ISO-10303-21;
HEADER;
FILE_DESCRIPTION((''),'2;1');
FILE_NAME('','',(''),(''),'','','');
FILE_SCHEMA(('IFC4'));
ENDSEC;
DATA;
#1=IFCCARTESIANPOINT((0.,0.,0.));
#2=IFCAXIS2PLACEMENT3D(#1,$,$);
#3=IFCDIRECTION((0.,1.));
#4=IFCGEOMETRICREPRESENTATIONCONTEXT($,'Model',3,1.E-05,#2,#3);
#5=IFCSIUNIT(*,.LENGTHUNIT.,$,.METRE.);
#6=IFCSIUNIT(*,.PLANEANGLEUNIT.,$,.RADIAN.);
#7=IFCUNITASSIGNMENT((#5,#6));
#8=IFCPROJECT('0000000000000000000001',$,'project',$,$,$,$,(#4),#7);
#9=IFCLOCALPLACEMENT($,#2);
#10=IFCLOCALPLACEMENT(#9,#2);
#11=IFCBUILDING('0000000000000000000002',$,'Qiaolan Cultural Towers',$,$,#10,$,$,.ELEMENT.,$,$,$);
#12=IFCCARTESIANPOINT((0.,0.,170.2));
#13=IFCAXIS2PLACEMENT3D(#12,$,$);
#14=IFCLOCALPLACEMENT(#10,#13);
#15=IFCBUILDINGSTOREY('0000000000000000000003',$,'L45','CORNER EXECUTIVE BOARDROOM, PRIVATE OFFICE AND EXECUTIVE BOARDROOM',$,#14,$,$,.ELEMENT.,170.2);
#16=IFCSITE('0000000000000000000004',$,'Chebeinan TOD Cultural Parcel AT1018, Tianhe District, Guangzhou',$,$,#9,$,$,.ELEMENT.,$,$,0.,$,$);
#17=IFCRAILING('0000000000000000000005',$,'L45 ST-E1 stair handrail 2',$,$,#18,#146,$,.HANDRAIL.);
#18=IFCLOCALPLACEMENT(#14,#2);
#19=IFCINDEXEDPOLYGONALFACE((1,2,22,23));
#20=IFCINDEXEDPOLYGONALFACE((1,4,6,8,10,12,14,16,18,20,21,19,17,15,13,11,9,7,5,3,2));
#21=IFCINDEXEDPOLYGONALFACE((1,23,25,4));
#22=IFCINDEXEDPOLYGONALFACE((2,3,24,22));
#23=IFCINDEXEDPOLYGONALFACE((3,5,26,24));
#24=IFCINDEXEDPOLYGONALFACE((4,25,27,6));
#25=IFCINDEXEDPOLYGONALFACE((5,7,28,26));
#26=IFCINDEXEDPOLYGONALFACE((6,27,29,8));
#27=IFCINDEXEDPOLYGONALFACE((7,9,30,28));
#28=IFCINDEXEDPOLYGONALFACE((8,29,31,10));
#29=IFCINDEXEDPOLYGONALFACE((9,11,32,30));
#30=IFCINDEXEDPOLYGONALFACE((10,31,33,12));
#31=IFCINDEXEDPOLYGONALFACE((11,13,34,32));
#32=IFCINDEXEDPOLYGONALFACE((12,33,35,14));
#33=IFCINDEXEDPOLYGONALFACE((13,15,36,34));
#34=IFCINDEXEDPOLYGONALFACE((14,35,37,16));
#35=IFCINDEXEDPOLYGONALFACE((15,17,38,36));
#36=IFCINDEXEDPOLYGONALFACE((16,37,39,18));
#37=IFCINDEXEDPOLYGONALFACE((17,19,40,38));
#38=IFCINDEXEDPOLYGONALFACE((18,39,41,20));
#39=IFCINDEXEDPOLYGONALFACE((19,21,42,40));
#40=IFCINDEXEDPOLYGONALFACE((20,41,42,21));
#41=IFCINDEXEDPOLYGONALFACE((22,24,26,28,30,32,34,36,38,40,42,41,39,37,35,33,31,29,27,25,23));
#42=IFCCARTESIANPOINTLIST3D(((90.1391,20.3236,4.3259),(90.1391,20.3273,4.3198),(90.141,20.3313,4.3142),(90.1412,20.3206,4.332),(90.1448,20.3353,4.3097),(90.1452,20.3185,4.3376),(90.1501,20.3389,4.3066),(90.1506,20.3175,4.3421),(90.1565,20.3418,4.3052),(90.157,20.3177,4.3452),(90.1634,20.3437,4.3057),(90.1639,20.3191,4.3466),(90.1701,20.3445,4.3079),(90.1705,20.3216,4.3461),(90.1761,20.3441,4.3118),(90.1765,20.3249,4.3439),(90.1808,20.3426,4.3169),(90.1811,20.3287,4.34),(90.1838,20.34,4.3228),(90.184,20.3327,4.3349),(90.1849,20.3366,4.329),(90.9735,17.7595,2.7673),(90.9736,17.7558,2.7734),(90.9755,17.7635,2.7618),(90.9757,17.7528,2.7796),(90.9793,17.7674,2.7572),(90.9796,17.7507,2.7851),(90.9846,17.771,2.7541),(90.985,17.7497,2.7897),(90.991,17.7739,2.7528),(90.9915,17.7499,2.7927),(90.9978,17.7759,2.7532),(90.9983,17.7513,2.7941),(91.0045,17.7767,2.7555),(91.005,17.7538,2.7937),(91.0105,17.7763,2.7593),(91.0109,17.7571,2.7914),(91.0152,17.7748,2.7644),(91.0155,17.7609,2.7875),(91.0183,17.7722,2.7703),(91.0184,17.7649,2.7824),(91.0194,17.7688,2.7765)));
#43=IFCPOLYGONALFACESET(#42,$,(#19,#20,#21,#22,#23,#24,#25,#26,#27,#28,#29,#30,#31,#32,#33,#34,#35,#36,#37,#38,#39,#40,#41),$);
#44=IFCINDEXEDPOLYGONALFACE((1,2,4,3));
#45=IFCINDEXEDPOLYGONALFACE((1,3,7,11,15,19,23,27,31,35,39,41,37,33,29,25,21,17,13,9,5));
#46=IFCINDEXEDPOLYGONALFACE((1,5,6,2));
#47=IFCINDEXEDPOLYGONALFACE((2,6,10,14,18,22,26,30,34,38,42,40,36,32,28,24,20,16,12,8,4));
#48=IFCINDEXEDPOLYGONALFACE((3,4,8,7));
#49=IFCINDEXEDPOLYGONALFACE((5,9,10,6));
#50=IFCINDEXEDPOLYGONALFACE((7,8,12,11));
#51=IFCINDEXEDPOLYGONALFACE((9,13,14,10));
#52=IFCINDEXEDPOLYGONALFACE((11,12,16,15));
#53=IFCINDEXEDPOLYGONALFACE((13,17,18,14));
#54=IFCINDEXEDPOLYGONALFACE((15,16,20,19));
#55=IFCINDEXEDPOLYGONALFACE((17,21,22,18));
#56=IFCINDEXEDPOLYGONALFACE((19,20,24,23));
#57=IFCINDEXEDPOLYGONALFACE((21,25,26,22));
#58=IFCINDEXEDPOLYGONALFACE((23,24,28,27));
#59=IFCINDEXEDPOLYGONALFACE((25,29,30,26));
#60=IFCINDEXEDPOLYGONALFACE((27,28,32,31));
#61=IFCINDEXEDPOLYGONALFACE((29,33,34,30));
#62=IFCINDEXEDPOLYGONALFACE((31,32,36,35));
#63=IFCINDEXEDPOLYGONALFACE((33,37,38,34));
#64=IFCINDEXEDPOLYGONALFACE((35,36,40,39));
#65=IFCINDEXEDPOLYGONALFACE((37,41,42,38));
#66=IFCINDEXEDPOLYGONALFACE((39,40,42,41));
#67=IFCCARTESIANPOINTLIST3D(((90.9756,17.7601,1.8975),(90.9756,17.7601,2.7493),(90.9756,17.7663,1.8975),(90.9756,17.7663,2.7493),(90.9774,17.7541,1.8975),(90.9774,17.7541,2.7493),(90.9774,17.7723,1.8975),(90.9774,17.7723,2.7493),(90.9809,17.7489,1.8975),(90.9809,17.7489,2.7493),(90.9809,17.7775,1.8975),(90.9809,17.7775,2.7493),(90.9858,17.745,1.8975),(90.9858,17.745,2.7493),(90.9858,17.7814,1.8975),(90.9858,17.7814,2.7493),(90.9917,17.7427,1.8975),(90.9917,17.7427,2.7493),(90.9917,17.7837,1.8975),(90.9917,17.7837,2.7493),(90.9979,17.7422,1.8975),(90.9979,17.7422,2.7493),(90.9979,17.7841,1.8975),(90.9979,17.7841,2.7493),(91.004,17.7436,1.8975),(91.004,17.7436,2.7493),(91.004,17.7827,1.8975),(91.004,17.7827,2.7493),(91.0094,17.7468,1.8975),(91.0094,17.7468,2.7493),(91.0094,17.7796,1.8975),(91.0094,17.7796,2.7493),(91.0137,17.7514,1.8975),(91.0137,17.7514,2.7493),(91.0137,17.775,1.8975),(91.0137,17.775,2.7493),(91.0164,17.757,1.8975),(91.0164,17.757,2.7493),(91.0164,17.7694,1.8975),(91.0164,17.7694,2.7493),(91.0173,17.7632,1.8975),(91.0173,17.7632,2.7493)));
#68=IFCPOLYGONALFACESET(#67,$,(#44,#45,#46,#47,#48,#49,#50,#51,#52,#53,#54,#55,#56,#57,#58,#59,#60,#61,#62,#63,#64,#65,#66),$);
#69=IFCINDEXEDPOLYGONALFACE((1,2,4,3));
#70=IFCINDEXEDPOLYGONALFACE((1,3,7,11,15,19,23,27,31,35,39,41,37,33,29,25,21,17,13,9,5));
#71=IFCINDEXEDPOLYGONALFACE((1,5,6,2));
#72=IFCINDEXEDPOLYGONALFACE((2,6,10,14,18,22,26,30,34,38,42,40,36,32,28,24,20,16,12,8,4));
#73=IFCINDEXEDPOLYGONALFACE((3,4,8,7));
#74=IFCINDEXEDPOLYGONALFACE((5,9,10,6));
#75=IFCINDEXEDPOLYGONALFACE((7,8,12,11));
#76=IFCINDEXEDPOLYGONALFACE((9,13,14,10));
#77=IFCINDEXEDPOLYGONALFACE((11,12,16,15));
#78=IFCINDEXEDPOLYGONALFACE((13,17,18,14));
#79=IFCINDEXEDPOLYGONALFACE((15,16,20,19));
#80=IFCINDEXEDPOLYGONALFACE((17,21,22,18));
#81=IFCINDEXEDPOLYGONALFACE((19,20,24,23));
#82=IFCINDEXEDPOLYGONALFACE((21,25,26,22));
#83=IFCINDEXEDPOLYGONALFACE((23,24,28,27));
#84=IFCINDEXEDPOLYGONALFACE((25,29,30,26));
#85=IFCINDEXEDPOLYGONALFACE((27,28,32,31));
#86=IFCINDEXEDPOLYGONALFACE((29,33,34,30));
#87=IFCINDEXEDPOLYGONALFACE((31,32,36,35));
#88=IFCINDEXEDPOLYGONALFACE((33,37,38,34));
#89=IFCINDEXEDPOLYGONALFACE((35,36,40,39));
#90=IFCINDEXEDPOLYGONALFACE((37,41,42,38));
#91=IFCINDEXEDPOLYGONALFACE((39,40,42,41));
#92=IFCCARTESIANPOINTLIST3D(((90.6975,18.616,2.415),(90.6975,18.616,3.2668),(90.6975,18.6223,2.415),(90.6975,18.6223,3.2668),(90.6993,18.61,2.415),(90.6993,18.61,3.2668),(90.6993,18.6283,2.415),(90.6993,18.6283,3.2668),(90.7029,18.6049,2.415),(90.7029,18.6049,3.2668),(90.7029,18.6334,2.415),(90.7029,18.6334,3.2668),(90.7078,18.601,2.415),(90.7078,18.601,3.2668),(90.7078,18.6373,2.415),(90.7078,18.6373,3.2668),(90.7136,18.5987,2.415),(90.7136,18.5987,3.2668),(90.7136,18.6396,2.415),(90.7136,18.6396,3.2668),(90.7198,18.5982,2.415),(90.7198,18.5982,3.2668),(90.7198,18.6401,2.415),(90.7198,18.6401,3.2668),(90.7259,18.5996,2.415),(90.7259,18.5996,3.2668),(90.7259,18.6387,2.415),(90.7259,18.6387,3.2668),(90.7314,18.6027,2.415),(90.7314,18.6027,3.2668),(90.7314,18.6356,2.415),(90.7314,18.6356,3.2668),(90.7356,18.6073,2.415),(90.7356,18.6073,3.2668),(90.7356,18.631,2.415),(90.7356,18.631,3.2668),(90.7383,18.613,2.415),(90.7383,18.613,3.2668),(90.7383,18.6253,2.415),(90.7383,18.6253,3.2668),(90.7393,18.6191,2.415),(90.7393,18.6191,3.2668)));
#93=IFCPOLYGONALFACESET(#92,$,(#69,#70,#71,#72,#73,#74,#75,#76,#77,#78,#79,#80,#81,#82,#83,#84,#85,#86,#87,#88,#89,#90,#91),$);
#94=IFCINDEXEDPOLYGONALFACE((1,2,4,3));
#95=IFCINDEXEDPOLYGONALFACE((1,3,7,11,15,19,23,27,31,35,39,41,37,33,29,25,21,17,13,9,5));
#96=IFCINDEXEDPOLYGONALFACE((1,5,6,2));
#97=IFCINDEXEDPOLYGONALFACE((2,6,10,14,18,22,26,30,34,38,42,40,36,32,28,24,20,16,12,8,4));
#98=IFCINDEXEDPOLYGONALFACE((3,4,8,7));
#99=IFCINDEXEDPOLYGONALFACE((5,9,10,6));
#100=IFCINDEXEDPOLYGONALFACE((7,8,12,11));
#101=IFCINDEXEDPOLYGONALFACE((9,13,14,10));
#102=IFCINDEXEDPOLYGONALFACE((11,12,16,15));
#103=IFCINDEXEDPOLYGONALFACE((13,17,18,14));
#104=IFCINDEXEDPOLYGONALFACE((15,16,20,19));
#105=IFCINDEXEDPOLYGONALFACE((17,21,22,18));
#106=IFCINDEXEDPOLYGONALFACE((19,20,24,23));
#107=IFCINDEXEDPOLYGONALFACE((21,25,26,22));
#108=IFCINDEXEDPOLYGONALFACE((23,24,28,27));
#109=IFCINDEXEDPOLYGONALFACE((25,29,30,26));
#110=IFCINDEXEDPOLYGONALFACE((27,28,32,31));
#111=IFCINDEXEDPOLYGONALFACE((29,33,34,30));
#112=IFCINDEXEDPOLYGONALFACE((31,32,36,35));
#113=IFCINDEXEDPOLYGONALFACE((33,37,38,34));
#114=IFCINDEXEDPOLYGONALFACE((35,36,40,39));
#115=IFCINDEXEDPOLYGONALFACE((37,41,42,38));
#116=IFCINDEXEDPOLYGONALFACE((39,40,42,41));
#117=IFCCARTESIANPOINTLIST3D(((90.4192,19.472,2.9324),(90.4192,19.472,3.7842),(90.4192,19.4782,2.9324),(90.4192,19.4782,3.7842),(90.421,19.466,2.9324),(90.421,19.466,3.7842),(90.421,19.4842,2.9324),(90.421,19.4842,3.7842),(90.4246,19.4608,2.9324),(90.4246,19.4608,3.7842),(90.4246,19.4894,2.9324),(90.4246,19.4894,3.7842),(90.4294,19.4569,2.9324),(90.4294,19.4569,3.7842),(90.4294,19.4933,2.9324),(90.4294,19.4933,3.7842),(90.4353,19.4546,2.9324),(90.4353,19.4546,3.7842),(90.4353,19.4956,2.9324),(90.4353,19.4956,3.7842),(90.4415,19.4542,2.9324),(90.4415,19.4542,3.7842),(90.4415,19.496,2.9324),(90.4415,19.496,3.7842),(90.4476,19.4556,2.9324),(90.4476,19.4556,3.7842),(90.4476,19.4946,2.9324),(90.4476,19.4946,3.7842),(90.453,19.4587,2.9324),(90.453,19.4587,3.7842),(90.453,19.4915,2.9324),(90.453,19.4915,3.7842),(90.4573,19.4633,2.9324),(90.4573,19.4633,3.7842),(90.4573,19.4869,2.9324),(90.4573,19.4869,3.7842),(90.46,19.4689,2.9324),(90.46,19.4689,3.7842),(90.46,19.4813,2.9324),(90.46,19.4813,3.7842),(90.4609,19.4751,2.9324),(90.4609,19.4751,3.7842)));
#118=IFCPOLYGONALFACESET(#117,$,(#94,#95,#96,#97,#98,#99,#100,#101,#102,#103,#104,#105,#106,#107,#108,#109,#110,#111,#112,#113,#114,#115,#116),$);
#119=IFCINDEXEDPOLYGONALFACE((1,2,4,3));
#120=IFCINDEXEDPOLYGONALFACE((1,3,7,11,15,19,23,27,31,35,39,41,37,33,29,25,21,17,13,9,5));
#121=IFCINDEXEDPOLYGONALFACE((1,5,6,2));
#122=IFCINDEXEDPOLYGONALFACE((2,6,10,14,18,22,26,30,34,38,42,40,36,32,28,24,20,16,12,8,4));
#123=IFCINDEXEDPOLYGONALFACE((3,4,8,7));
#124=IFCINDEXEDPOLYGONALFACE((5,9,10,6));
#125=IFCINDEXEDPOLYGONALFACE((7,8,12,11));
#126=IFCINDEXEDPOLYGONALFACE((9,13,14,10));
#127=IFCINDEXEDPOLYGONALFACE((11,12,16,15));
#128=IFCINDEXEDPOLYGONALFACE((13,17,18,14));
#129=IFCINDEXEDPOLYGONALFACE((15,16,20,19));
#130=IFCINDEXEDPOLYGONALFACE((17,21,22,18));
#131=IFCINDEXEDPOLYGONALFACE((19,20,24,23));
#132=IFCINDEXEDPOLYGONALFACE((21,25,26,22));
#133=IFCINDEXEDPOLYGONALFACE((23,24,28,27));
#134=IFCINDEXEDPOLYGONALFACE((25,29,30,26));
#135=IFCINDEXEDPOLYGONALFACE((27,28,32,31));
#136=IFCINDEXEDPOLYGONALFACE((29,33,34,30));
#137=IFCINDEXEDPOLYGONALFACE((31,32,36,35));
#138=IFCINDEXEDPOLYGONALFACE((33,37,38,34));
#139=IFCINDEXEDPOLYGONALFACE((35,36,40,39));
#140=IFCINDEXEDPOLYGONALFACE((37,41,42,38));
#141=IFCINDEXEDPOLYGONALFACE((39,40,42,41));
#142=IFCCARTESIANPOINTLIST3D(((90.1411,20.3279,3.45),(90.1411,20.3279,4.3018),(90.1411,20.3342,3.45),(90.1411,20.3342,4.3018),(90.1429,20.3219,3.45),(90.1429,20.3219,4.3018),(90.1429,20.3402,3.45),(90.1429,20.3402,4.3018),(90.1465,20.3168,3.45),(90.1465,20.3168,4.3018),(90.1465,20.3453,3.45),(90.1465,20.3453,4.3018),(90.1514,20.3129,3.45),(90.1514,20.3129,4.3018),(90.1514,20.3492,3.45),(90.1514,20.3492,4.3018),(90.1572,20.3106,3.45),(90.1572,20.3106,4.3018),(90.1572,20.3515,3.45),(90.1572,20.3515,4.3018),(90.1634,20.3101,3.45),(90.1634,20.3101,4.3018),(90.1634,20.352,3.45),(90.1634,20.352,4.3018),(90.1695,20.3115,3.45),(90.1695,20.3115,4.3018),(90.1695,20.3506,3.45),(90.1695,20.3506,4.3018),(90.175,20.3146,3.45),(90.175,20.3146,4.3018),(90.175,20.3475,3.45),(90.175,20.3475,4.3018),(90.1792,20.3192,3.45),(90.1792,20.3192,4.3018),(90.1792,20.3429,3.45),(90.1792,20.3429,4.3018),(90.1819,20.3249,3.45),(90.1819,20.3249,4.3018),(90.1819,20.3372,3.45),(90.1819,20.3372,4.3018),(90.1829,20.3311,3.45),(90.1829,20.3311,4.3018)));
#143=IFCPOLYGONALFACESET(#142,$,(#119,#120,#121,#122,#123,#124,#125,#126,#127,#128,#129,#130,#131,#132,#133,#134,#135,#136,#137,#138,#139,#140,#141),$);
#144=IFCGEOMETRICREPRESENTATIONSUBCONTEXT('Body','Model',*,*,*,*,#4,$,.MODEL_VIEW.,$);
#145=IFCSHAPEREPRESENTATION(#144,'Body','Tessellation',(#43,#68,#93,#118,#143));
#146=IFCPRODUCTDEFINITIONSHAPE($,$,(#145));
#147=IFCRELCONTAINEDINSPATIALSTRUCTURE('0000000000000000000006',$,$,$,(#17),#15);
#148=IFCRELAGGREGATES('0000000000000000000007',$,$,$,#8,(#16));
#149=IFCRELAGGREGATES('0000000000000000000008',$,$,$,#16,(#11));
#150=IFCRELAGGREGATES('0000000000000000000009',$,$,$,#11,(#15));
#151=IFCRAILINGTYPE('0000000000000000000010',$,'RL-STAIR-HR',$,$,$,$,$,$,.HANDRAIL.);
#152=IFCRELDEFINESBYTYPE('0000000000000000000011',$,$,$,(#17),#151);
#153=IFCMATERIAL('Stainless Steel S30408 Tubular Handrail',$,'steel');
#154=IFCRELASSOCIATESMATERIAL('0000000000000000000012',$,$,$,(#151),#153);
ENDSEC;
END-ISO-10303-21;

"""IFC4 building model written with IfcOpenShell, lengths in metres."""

from ifc_helpers import new_model, si_unit, direction, frame, origin, origin_2d, place, context, subcontext, project, spatial, circle, extrude, material, type_object, element, save


model = new_model("IFC4")

# Units and contexts
model_context = context("Model", 3, precision=1e-05, world=origin(), true_north=direction((0.0, 1.0)))
body_context = subcontext(model_context, "Body", "Model", "MODEL_VIEW")
ifc_project = project(units=[si_unit("LENGTHUNIT", "METRE"), si_unit("PLANEANGLEUNIT", "RADIAN")], contexts=[model_context])

# Site, building, storey
site_placement = place(None, origin())
site = spatial("IfcSite", under=ifc_project, at=site_placement, Name="Chebeinan TOD Cultural Parcel AT1018, Tianhe District, Guangzhou", CompositionType="ELEMENT", RefElevation=0.0)
building_placement = place(site_placement, origin())
building = spatial("IfcBuilding", under=site, at=building_placement, Name="Qiaolan Cultural Towers", CompositionType="ELEMENT")
storey_placement = place(building_placement, frame((0.0, 0.0, 170.2)))
storey = spatial("IfcBuildingStorey", under=building, at=storey_placement, Name="L45", Description="CORNER EXECUTIVE BOARDROOM, PRIVATE OFFICE AND EXECUTIVE BOARDROOM", CompositionType="ELEMENT", Elevation=170.2)

# Railing
ifc_material_1 = material(Name="Stainless Steel S30408 Tubular Handrail", Category="steel")
railing_type = type_object("IfcRailingType", Name="RL-STAIR-HR", PredefinedType="HANDRAIL", material=ifc_material_1)
railing_placement = place(storey_placement, frame((90.9963, 17.7632, 1.8975)))
element("IfcRailing", 1, at=railing_placement, inside=storey, type_object=railing_type, Name="L45 ST-E1 stair handrail 2", PredefinedType="HANDRAIL", context=body_context, shape_type="SweptSolid", body=[
    extrude(circle(Radius=0.0239, at=origin_2d()), frame((0.0, 0.0, 0.876), z_axis=(-0.267926, 0.824471, 0.498461), x_axis=(-0.951043, -0.309057, 0.0)), (0.0, 0.0, 1.0), 3.1145),
    extrude(circle(Radius=0.021, at=origin_2d()), origin(), (0.0, 0.0, 1.0), 0.8518),
    extrude(circle(Radius=0.021, at=origin_2d()), frame((-0.2781, 0.856, 0.5176)), (0.0, 0.0, 1.0), 0.8518),
    extrude(circle(Radius=0.021, at=origin_2d()), frame((-0.5564, 1.7119, 1.0349)), (0.0, 0.0, 1.0), 0.8518),
    extrude(circle(Radius=0.021, at=origin_2d()), frame((-0.8345, 2.5679, 1.5525)), (0.0, 0.0, 1.0), 0.8518),
])

save(model, "model.ifc")
